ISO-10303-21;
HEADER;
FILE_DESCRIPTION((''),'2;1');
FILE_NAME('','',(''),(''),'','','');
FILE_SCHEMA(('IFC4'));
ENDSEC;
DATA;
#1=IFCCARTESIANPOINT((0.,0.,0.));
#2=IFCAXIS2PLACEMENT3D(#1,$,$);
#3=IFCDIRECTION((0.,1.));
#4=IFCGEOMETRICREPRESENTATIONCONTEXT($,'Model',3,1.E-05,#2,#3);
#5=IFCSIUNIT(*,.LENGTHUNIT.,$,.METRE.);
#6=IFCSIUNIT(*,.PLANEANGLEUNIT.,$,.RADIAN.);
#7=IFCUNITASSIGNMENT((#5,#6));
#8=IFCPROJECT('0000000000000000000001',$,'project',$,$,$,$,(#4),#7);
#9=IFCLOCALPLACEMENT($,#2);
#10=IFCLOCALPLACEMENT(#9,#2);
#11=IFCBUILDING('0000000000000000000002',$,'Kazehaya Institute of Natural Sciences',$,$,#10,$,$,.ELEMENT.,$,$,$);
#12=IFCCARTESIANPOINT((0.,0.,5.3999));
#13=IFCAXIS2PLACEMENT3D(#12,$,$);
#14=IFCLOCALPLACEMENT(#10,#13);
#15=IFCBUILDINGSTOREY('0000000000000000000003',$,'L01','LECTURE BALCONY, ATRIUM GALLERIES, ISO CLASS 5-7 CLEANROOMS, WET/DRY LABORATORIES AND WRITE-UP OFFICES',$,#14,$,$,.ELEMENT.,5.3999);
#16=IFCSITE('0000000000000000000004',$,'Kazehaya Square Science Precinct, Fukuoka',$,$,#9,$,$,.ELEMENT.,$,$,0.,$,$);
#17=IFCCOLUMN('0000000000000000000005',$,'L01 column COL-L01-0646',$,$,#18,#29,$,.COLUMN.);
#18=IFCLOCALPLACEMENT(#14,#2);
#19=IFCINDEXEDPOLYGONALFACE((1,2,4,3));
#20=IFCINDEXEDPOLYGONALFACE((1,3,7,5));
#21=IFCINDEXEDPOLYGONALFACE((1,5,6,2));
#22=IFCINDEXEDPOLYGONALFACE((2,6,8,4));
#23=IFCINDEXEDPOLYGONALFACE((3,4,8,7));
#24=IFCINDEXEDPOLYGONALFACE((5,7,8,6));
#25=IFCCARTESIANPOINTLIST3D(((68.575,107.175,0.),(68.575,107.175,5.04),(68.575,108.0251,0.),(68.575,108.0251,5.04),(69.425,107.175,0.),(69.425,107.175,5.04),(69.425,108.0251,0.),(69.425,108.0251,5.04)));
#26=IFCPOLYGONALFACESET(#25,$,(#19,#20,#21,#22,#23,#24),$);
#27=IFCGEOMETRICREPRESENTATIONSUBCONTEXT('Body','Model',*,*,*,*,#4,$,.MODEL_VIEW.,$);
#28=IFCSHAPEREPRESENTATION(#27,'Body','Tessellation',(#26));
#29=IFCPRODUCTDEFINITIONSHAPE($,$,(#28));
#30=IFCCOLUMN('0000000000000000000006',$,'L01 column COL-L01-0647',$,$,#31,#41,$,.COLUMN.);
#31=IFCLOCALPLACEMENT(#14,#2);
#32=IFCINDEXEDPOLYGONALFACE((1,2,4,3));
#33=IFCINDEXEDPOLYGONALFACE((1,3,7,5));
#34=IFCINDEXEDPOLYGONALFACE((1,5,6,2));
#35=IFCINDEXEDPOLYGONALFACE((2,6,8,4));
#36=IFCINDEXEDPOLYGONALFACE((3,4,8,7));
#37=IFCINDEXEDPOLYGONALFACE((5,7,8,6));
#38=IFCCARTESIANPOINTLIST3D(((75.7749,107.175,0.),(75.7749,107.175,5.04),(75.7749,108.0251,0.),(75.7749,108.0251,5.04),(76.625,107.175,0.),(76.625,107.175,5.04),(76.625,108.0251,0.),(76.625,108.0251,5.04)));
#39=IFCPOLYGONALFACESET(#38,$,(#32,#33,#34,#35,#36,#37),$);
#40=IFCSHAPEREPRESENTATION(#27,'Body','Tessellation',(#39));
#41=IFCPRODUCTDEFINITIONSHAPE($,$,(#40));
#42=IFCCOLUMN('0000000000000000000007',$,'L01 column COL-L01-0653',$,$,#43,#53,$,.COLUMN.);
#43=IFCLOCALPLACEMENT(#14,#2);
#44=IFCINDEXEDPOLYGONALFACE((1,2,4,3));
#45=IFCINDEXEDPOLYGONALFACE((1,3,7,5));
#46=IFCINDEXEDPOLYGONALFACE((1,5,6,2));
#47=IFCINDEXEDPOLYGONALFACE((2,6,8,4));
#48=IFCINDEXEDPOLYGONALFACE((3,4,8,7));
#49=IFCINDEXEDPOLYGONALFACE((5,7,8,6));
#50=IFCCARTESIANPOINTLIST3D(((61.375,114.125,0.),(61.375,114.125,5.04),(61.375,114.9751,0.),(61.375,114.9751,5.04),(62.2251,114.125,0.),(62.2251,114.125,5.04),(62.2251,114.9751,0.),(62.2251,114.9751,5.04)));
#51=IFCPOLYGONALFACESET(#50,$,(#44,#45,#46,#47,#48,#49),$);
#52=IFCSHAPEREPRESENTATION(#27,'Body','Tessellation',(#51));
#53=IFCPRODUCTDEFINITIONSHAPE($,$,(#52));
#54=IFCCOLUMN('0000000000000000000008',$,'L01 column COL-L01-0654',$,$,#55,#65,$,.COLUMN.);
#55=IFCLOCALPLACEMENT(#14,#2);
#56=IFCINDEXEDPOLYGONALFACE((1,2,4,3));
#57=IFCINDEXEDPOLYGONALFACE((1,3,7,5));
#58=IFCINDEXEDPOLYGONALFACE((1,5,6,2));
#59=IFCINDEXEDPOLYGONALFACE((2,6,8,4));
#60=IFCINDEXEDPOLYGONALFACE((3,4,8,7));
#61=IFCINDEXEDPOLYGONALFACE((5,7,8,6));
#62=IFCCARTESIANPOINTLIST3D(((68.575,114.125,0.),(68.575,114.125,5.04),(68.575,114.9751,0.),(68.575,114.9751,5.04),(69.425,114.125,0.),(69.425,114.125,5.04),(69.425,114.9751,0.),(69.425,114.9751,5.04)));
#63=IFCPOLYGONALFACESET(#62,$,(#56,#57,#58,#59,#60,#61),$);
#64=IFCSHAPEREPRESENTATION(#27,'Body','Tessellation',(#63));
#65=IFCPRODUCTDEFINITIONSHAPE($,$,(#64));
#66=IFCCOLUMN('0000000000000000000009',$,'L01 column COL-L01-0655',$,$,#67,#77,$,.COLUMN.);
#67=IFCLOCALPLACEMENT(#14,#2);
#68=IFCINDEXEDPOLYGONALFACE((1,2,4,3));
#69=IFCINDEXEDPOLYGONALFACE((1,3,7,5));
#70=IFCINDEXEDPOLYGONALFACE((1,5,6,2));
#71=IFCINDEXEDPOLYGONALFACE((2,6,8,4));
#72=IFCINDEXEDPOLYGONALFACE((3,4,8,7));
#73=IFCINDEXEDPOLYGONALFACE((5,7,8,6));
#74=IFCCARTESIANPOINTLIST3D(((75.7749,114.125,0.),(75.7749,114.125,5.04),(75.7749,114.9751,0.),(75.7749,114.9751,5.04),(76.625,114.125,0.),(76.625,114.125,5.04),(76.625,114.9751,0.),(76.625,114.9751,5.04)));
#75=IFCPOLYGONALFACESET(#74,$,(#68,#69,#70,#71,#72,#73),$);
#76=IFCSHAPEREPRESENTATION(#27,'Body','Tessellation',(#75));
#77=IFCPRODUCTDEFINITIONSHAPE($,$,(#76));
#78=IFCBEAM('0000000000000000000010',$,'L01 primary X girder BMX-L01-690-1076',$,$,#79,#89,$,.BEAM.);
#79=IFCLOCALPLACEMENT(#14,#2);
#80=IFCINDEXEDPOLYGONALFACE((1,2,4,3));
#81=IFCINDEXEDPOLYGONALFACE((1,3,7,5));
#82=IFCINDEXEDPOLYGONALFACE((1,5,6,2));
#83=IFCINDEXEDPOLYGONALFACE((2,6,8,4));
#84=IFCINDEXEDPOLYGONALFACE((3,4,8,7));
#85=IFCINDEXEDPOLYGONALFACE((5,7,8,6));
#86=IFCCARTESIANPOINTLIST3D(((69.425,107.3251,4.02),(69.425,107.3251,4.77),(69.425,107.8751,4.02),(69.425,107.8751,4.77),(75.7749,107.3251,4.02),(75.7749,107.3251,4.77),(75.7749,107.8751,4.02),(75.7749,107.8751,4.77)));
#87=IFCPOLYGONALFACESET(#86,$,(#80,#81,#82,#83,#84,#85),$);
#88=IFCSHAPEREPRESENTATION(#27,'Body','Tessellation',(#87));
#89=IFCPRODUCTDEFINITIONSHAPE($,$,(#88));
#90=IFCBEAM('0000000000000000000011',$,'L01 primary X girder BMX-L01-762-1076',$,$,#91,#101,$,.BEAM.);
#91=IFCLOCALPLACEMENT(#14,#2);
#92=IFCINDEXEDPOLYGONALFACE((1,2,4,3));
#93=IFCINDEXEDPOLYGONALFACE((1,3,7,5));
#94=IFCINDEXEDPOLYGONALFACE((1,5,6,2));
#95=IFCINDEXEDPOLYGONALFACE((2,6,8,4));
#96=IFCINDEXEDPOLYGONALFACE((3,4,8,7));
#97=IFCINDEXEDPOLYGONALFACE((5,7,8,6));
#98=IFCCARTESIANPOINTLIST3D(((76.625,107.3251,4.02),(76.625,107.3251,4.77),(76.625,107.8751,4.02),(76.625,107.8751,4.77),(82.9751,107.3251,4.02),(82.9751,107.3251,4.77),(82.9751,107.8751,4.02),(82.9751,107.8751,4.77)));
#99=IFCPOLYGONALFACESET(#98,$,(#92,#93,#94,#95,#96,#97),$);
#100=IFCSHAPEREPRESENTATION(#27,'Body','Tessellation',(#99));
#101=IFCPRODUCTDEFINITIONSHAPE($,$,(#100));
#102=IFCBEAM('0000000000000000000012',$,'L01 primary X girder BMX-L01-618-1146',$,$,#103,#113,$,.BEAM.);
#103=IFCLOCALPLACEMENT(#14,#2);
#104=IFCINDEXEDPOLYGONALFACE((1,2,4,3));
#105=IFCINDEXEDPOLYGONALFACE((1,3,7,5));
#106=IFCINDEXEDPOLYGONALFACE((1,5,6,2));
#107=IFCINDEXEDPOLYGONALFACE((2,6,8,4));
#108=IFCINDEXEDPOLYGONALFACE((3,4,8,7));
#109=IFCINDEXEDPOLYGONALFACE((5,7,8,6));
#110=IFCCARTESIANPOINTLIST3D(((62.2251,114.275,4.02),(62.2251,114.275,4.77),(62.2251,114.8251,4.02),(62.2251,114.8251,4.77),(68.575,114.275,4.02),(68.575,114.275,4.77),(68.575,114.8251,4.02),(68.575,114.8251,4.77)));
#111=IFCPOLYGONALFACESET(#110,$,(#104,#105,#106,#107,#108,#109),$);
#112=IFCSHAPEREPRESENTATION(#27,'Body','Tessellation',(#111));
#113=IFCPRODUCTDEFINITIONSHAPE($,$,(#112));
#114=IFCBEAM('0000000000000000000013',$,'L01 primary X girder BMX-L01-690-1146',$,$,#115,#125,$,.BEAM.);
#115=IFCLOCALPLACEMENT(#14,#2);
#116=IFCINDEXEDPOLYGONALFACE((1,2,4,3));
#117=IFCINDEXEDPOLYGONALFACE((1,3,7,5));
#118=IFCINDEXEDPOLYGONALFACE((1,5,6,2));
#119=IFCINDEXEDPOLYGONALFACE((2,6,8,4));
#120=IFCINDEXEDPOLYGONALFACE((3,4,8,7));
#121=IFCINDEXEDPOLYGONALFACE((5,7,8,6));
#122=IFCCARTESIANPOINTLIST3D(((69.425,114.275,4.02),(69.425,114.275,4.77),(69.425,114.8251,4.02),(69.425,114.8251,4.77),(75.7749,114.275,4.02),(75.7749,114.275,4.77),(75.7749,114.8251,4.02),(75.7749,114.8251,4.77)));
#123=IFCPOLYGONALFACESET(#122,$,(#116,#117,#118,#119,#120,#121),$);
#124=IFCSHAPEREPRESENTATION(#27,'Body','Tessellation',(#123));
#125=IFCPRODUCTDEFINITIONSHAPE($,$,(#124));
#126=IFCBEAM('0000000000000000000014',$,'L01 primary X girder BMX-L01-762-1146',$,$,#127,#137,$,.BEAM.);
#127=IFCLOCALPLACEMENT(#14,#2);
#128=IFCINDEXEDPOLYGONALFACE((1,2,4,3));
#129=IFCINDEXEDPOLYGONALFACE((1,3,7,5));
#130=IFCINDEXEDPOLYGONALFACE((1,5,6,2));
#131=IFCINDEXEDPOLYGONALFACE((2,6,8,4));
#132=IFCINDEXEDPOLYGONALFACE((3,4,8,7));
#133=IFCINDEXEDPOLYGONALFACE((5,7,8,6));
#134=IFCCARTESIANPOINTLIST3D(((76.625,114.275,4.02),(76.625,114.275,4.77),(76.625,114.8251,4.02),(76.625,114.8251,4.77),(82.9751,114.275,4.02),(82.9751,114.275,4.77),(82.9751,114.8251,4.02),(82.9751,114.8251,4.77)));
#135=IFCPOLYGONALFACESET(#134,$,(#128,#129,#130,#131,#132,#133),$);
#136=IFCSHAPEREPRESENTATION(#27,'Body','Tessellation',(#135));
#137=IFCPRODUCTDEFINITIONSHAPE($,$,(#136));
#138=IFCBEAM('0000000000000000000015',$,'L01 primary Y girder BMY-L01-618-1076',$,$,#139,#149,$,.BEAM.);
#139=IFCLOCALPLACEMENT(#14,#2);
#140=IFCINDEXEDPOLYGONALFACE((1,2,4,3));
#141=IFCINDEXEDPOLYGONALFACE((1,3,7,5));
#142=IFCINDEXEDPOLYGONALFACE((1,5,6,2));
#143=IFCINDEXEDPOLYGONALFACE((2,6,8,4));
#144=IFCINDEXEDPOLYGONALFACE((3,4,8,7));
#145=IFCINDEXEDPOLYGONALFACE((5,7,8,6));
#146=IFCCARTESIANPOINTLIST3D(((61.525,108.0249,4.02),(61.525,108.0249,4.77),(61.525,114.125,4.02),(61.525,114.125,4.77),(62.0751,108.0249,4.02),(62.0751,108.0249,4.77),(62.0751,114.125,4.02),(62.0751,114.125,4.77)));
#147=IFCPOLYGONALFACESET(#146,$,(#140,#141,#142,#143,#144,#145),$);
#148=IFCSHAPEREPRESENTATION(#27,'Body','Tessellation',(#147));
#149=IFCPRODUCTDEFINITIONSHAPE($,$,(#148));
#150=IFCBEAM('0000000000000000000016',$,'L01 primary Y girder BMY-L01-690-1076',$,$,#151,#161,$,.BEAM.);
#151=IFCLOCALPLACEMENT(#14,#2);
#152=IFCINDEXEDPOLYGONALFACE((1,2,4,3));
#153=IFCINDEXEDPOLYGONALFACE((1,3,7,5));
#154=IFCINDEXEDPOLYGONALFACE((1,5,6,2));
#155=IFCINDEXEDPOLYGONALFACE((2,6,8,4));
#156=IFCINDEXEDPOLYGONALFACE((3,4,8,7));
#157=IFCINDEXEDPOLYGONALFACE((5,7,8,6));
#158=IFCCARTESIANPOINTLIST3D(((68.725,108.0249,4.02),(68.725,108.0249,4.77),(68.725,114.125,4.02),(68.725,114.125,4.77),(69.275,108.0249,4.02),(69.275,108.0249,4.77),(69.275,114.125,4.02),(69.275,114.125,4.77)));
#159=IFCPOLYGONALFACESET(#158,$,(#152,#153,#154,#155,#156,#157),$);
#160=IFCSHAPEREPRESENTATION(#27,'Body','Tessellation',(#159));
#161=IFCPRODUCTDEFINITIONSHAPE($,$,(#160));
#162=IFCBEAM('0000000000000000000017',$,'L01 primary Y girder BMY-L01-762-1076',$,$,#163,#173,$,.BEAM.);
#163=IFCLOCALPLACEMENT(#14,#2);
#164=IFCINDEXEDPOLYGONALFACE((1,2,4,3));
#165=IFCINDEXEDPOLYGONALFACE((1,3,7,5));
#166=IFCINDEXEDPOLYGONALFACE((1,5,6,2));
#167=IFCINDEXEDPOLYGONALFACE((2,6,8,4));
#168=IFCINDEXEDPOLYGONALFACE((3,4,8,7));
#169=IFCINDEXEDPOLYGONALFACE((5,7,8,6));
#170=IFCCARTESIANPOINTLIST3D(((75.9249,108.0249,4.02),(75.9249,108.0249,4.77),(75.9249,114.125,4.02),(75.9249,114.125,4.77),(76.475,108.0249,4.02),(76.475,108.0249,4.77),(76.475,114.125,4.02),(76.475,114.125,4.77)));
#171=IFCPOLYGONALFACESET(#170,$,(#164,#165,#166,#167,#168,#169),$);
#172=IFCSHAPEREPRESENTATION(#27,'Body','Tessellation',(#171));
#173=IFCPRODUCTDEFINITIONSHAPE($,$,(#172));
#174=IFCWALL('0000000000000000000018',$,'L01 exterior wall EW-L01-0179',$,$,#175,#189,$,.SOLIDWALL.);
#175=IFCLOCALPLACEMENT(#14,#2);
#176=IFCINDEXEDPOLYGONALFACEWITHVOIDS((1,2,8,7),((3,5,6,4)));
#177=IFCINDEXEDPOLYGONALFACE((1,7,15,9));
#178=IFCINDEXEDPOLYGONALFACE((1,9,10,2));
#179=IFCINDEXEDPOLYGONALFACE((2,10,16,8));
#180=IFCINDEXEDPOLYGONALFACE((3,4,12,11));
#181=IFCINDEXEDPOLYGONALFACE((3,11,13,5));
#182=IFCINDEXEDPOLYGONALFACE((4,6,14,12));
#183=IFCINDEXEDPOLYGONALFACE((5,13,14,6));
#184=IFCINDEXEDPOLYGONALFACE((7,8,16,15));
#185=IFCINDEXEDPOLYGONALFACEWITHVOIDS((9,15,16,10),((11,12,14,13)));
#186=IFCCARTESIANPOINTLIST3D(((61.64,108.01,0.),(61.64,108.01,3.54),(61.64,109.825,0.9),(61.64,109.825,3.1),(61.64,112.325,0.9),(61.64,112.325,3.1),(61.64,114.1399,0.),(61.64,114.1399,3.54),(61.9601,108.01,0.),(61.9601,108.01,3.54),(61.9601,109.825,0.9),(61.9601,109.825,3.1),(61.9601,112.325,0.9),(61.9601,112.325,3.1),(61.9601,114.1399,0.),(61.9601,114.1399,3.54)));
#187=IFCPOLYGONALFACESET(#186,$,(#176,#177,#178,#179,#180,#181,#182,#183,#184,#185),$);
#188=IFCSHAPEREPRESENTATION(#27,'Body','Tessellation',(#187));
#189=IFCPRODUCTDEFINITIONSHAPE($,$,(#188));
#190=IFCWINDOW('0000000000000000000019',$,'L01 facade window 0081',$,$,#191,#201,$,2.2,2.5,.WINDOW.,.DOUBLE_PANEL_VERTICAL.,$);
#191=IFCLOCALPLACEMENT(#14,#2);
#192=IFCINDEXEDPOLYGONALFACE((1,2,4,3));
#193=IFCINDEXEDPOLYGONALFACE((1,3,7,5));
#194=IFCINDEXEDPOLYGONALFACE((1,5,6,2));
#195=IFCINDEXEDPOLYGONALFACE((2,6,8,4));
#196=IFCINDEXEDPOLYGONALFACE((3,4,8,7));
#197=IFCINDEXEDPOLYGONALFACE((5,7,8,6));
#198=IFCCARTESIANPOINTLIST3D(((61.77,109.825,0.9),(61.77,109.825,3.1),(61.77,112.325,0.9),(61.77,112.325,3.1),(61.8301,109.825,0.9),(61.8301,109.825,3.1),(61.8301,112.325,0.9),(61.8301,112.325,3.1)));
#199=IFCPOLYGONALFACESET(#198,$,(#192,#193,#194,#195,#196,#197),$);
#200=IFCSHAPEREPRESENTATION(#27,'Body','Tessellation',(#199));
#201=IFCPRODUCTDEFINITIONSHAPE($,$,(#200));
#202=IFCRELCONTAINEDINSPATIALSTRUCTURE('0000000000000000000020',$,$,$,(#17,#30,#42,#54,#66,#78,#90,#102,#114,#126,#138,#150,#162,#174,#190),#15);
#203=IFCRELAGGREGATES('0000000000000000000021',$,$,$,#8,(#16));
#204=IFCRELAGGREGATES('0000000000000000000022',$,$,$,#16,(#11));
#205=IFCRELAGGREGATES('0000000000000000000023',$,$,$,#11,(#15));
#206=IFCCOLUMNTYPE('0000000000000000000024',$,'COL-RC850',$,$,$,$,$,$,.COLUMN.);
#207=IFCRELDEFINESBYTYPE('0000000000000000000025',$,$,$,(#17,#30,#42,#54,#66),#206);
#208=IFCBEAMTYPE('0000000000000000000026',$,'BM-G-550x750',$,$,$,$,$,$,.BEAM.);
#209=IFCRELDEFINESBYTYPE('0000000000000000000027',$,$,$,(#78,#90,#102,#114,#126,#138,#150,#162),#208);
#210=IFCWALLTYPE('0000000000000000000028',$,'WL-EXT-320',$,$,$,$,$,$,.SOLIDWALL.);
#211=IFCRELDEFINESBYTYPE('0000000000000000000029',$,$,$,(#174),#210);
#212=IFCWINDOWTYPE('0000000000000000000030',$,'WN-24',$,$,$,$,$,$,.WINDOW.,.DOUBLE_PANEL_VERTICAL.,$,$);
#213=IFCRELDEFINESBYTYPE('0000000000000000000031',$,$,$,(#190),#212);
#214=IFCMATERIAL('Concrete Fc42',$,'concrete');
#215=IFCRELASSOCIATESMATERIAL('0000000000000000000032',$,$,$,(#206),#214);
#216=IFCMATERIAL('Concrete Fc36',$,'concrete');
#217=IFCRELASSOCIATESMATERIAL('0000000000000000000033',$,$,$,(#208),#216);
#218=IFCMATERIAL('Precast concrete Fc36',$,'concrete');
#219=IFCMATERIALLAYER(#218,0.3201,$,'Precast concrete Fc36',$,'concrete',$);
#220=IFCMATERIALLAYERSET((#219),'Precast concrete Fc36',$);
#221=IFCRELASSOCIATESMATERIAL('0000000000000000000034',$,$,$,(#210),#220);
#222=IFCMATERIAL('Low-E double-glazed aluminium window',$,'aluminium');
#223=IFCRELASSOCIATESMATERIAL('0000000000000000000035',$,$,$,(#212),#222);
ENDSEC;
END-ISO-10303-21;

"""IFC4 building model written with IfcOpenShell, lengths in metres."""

from ifc_helpers import new_model, si_unit, direction, frame, frame_2d, origin, origin_2d, place, context, subcontext, project, spatial, rectangle, extrude, material, layer, layer_set, material_profile, profile_set, type_object, element, fill, save


model = new_model("IFC4")

# Units and contexts
model_context = context("Model", 3, precision=1e-05, world=origin(), true_north=direction((0.0, 1.0)))
body_context = subcontext(model_context, "Body", "Model", "MODEL_VIEW")
ifc_project = project(units=[si_unit("LENGTHUNIT", "METRE"), si_unit("PLANEANGLEUNIT", "RADIAN")], contexts=[model_context])

# Site, building, storey
site_placement = place(None, origin())
site = spatial("IfcSite", under=ifc_project, at=site_placement, Name="Kazehaya Square Science Precinct, Fukuoka", CompositionType="ELEMENT", RefElevation=0.0)
building_placement = place(site_placement, origin())
building = spatial("IfcBuilding", under=site, at=building_placement, Name="Kazehaya Institute of Natural Sciences", CompositionType="ELEMENT")
storey_placement = place(building_placement, frame((0.0, 0.0, 5.3999)))
storey = spatial("IfcBuildingStorey", under=building, at=storey_placement, Name="L01", Description="LECTURE BALCONY, ATRIUM GALLERIES, ISO CLASS 5-7 CLEANROOMS, WET/DRY LABORATORIES AND WRITE-UP OFFICES", CompositionType="ELEMENT", Elevation=5.3999)

# Columns
ifc_material_1 = material(Name="Concrete Fc42", Category="concrete")
ifc_material_profile_1 = material_profile(ifc_material_1, rectangle(XDim=0.8501, YDim=0.8501, at=origin_2d()), Name="RC-850x850")
ifc_profile_set_1 = profile_set([ifc_material_profile_1], Name="Concrete Fc42")
column_type = type_object("IfcColumnType", Name="COL-RC850", PredefinedType="COLUMN", material=ifc_profile_set_1)
for number, where, z_axis, x_axis, name in (
    (1, (69.0, 107.6001, 0.0), (0.0, 0.0, 1.0), (1.0, 0.0, 0.0), "L01 column COL-L01-0646"),
    (2, (76.2, 107.6001, 0.0), (0.0, 0.0, 1.0), (1.0, 0.0, 0.0), "L01 column COL-L01-0647"),
    (3, (61.8, 114.55, 0.0), (0.0, 0.0, 1.0), (1.0, 0.0, 0.0), "L01 column COL-L01-0653"),
    (4, (69.0, 114.55, 0.0), (0.0, 0.0, 1.0), (1.0, 0.0, 0.0), "L01 column COL-L01-0654"),
    (5, (76.2, 114.55, 0.0), (0.0, 0.0, 1.0), (1.0, 0.0, 0.0), "L01 column COL-L01-0655"),
):
    element("IfcColumn", number, at=place(storey_placement, frame(where, z_axis=z_axis, x_axis=x_axis)), inside=storey, type_object=column_type, Name=name, PredefinedType="COLUMN", context=body_context, shape_type="SweptSolid", body=[
        extrude(rectangle(XDim=0.8501, YDim=0.8501, at=origin_2d()), origin(), (0.0, 0.0, 1.0), 5.04),
    ])

# Beams
ifc_material_2 = material(Name="Concrete Fc36", Category="concrete")
ifc_material_profile_2 = material_profile(ifc_material_2, rectangle(XDim=0.55, YDim=0.75, at=origin_2d()), Name="RC-550x750")
ifc_profile_set_2 = profile_set([ifc_material_profile_2], Name="Concrete Fc36")
beam_type = type_object("IfcBeamType", Name="BM-G-550x750", PredefinedType="BEAM", material=ifc_profile_set_2)
beam_1_placement = place(storey_placement, frame((69.425, 107.6001, 4.395), z_axis=(1.0, 0.0, 0.0), x_axis=(0.0, 1.0, 0.0)))
element("IfcBeam", 6, at=beam_1_placement, inside=storey, type_object=beam_type, Name="L01 primary X girder BMX-L01-690-1076", PredefinedType="BEAM", context=body_context, shape_type="SweptSolid", body=[
    extrude(rectangle(XDim=0.55, YDim=0.75, at=origin_2d()), origin(), (0.0, 0.0, 1.0), 6.3499),
])
beam_2_placement = place(storey_placement, frame((76.625, 107.6001, 4.395), z_axis=(1.0, 0.0, 0.0), x_axis=(0.0, 1.0, 0.0)))
element("IfcBeam", 7, at=beam_2_placement, inside=storey, type_object=beam_type, Name="L01 primary X girder BMX-L01-762-1076", PredefinedType="BEAM", context=body_context, shape_type="SweptSolid", body=[
    extrude(rectangle(XDim=0.55, YDim=0.75, at=origin_2d()), origin(), (0.0, 0.0, 1.0), 6.3501),
])
for number, where, z_axis, x_axis, name in (
    (8, (62.2251, 114.55, 4.395), (1.0, 0.0, 0.0), (0.0, 1.0, 0.0), "L01 primary X girder BMX-L01-618-1146"),
    (9, (69.425, 114.55, 4.395), (1.0, 0.0, 0.0), (0.0, 1.0, 0.0), "L01 primary X girder BMX-L01-690-1146"),
):
    element("IfcBeam", number, at=place(storey_placement, frame(where, z_axis=z_axis, x_axis=x_axis)), inside=storey, type_object=beam_type, Name=name, PredefinedType="BEAM", context=body_context, shape_type="SweptSolid", body=[
        extrude(rectangle(XDim=0.55, YDim=0.75, at=origin_2d()), origin(), (0.0, 0.0, 1.0), 6.3499),
    ])
beam_3_placement = place(storey_placement, frame((76.625, 114.55, 4.395), z_axis=(1.0, 0.0, 0.0), x_axis=(0.0, 1.0, 0.0)))
element("IfcBeam", 10, at=beam_3_placement, inside=storey, type_object=beam_type, Name="L01 primary X girder BMX-L01-762-1146", PredefinedType="BEAM", context=body_context, shape_type="SweptSolid", body=[
    extrude(rectangle(XDim=0.55, YDim=0.75, at=origin_2d()), origin(), (0.0, 0.0, 1.0), 6.3501),
])
for number, where, z_axis, x_axis, name in (
    (11, (61.8, 108.0249, 4.395), (0.0, 1.0, 0.0), (-1.0, 0.0, 0.0), "L01 primary Y girder BMY-L01-618-1076"),
    (12, (69.0, 108.0249, 4.395), (0.0, 1.0, 0.0), (-1.0, 0.0, 0.0), "L01 primary Y girder BMY-L01-690-1076"),
    (13, (76.2, 108.0249, 4.395), (0.0, 1.0, 0.0), (-1.0, 0.0, 0.0), "L01 primary Y girder BMY-L01-762-1076"),
):
    element("IfcBeam", number, at=place(storey_placement, frame(where, z_axis=z_axis, x_axis=x_axis)), inside=storey, type_object=beam_type, Name=name, PredefinedType="BEAM", context=body_context, shape_type="SweptSolid", body=[
        extrude(rectangle(XDim=0.55, YDim=0.75, at=origin_2d()), origin(), (0.0, 0.0, 1.0), 6.1001),
    ])

# Wall, opening, window
ifc_material_3 = material(Name="Precast concrete Fc36", Category="concrete")
ifc_layer = layer(ifc_material_3, 0.3201, Name="Precast concrete Fc36", Category="concrete")
ifc_layer_set = layer_set([ifc_layer], Name="Precast concrete Fc36")
wall_type = type_object("IfcWallType", Name="WL-EXT-320", PredefinedType="SOLIDWALL", material=ifc_layer_set)
wall_1_placement = place(storey_placement, frame((61.8, 108.01, 0.0), z_axis=(0.0, 0.0, 1.0), x_axis=(0.0, 1.0, 0.0)))
wall_1 = element("IfcWall", 14, at=wall_1_placement, inside=storey, type_object=wall_type, Name="L01 exterior wall EW-L01-0179", PredefinedType="SOLIDWALL", context=body_context, shape_type="SweptSolid", body=[
    extrude(rectangle(XDim=6.1299, YDim=0.3201, at=frame_2d((3.0649, 0.0))), origin(), (0.0, 0.0, 1.0), 3.54),
])
opening_1_placement = place(wall_1_placement, frame((1.8149, 0.0, 0.8999)))
opening_1 = element("IfcOpeningElement", 15, at=opening_1_placement, cuts=wall_1, PredefinedType="OPENING", context=body_context, shape_type="SweptSolid", body=[
    extrude(rectangle(XDim=2.5, YDim=2.2, at=frame_2d((1.25, 1.1001))), frame((0.0, 0.1699, 0.0), z_axis=(0.0, -1.0, 0.0), x_axis=(1.0, 0.0, 0.0)), (0.0, 0.0, 1.0), 0.3401),
])
ifc_material_4 = material(Name="Low-E double-glazed aluminium window", Category="aluminium")
window_type_1 = type_object("IfcWindowType", Name="WN-24", PartitioningType="DOUBLE_PANEL_VERTICAL", PredefinedType="WINDOW", material=ifc_material_4)
window_1_placement = place(opening_1_placement, origin())
window_1 = element("IfcWindow", 16, at=window_1_placement, inside=storey, type_object=window_type_1, Name="L01 facade window 0081", OverallHeight=2.2, OverallWidth=2.5, PartitioningType="DOUBLE_PANEL_VERTICAL", PredefinedType="WINDOW", context=body_context, shape_type="SweptSolid", body=[
    extrude(rectangle(XDim=2.5, YDim=2.2, at=frame_2d((1.25, 1.1001))), frame((0.0, 0.03, 0.0), z_axis=(0.0, -1.0, 0.0), x_axis=(1.0, 0.0, 0.0)), (0.0, 0.0, 1.0), 0.0601),
])
fill(opening_1, window_1)

save(model, "model.ifc")
